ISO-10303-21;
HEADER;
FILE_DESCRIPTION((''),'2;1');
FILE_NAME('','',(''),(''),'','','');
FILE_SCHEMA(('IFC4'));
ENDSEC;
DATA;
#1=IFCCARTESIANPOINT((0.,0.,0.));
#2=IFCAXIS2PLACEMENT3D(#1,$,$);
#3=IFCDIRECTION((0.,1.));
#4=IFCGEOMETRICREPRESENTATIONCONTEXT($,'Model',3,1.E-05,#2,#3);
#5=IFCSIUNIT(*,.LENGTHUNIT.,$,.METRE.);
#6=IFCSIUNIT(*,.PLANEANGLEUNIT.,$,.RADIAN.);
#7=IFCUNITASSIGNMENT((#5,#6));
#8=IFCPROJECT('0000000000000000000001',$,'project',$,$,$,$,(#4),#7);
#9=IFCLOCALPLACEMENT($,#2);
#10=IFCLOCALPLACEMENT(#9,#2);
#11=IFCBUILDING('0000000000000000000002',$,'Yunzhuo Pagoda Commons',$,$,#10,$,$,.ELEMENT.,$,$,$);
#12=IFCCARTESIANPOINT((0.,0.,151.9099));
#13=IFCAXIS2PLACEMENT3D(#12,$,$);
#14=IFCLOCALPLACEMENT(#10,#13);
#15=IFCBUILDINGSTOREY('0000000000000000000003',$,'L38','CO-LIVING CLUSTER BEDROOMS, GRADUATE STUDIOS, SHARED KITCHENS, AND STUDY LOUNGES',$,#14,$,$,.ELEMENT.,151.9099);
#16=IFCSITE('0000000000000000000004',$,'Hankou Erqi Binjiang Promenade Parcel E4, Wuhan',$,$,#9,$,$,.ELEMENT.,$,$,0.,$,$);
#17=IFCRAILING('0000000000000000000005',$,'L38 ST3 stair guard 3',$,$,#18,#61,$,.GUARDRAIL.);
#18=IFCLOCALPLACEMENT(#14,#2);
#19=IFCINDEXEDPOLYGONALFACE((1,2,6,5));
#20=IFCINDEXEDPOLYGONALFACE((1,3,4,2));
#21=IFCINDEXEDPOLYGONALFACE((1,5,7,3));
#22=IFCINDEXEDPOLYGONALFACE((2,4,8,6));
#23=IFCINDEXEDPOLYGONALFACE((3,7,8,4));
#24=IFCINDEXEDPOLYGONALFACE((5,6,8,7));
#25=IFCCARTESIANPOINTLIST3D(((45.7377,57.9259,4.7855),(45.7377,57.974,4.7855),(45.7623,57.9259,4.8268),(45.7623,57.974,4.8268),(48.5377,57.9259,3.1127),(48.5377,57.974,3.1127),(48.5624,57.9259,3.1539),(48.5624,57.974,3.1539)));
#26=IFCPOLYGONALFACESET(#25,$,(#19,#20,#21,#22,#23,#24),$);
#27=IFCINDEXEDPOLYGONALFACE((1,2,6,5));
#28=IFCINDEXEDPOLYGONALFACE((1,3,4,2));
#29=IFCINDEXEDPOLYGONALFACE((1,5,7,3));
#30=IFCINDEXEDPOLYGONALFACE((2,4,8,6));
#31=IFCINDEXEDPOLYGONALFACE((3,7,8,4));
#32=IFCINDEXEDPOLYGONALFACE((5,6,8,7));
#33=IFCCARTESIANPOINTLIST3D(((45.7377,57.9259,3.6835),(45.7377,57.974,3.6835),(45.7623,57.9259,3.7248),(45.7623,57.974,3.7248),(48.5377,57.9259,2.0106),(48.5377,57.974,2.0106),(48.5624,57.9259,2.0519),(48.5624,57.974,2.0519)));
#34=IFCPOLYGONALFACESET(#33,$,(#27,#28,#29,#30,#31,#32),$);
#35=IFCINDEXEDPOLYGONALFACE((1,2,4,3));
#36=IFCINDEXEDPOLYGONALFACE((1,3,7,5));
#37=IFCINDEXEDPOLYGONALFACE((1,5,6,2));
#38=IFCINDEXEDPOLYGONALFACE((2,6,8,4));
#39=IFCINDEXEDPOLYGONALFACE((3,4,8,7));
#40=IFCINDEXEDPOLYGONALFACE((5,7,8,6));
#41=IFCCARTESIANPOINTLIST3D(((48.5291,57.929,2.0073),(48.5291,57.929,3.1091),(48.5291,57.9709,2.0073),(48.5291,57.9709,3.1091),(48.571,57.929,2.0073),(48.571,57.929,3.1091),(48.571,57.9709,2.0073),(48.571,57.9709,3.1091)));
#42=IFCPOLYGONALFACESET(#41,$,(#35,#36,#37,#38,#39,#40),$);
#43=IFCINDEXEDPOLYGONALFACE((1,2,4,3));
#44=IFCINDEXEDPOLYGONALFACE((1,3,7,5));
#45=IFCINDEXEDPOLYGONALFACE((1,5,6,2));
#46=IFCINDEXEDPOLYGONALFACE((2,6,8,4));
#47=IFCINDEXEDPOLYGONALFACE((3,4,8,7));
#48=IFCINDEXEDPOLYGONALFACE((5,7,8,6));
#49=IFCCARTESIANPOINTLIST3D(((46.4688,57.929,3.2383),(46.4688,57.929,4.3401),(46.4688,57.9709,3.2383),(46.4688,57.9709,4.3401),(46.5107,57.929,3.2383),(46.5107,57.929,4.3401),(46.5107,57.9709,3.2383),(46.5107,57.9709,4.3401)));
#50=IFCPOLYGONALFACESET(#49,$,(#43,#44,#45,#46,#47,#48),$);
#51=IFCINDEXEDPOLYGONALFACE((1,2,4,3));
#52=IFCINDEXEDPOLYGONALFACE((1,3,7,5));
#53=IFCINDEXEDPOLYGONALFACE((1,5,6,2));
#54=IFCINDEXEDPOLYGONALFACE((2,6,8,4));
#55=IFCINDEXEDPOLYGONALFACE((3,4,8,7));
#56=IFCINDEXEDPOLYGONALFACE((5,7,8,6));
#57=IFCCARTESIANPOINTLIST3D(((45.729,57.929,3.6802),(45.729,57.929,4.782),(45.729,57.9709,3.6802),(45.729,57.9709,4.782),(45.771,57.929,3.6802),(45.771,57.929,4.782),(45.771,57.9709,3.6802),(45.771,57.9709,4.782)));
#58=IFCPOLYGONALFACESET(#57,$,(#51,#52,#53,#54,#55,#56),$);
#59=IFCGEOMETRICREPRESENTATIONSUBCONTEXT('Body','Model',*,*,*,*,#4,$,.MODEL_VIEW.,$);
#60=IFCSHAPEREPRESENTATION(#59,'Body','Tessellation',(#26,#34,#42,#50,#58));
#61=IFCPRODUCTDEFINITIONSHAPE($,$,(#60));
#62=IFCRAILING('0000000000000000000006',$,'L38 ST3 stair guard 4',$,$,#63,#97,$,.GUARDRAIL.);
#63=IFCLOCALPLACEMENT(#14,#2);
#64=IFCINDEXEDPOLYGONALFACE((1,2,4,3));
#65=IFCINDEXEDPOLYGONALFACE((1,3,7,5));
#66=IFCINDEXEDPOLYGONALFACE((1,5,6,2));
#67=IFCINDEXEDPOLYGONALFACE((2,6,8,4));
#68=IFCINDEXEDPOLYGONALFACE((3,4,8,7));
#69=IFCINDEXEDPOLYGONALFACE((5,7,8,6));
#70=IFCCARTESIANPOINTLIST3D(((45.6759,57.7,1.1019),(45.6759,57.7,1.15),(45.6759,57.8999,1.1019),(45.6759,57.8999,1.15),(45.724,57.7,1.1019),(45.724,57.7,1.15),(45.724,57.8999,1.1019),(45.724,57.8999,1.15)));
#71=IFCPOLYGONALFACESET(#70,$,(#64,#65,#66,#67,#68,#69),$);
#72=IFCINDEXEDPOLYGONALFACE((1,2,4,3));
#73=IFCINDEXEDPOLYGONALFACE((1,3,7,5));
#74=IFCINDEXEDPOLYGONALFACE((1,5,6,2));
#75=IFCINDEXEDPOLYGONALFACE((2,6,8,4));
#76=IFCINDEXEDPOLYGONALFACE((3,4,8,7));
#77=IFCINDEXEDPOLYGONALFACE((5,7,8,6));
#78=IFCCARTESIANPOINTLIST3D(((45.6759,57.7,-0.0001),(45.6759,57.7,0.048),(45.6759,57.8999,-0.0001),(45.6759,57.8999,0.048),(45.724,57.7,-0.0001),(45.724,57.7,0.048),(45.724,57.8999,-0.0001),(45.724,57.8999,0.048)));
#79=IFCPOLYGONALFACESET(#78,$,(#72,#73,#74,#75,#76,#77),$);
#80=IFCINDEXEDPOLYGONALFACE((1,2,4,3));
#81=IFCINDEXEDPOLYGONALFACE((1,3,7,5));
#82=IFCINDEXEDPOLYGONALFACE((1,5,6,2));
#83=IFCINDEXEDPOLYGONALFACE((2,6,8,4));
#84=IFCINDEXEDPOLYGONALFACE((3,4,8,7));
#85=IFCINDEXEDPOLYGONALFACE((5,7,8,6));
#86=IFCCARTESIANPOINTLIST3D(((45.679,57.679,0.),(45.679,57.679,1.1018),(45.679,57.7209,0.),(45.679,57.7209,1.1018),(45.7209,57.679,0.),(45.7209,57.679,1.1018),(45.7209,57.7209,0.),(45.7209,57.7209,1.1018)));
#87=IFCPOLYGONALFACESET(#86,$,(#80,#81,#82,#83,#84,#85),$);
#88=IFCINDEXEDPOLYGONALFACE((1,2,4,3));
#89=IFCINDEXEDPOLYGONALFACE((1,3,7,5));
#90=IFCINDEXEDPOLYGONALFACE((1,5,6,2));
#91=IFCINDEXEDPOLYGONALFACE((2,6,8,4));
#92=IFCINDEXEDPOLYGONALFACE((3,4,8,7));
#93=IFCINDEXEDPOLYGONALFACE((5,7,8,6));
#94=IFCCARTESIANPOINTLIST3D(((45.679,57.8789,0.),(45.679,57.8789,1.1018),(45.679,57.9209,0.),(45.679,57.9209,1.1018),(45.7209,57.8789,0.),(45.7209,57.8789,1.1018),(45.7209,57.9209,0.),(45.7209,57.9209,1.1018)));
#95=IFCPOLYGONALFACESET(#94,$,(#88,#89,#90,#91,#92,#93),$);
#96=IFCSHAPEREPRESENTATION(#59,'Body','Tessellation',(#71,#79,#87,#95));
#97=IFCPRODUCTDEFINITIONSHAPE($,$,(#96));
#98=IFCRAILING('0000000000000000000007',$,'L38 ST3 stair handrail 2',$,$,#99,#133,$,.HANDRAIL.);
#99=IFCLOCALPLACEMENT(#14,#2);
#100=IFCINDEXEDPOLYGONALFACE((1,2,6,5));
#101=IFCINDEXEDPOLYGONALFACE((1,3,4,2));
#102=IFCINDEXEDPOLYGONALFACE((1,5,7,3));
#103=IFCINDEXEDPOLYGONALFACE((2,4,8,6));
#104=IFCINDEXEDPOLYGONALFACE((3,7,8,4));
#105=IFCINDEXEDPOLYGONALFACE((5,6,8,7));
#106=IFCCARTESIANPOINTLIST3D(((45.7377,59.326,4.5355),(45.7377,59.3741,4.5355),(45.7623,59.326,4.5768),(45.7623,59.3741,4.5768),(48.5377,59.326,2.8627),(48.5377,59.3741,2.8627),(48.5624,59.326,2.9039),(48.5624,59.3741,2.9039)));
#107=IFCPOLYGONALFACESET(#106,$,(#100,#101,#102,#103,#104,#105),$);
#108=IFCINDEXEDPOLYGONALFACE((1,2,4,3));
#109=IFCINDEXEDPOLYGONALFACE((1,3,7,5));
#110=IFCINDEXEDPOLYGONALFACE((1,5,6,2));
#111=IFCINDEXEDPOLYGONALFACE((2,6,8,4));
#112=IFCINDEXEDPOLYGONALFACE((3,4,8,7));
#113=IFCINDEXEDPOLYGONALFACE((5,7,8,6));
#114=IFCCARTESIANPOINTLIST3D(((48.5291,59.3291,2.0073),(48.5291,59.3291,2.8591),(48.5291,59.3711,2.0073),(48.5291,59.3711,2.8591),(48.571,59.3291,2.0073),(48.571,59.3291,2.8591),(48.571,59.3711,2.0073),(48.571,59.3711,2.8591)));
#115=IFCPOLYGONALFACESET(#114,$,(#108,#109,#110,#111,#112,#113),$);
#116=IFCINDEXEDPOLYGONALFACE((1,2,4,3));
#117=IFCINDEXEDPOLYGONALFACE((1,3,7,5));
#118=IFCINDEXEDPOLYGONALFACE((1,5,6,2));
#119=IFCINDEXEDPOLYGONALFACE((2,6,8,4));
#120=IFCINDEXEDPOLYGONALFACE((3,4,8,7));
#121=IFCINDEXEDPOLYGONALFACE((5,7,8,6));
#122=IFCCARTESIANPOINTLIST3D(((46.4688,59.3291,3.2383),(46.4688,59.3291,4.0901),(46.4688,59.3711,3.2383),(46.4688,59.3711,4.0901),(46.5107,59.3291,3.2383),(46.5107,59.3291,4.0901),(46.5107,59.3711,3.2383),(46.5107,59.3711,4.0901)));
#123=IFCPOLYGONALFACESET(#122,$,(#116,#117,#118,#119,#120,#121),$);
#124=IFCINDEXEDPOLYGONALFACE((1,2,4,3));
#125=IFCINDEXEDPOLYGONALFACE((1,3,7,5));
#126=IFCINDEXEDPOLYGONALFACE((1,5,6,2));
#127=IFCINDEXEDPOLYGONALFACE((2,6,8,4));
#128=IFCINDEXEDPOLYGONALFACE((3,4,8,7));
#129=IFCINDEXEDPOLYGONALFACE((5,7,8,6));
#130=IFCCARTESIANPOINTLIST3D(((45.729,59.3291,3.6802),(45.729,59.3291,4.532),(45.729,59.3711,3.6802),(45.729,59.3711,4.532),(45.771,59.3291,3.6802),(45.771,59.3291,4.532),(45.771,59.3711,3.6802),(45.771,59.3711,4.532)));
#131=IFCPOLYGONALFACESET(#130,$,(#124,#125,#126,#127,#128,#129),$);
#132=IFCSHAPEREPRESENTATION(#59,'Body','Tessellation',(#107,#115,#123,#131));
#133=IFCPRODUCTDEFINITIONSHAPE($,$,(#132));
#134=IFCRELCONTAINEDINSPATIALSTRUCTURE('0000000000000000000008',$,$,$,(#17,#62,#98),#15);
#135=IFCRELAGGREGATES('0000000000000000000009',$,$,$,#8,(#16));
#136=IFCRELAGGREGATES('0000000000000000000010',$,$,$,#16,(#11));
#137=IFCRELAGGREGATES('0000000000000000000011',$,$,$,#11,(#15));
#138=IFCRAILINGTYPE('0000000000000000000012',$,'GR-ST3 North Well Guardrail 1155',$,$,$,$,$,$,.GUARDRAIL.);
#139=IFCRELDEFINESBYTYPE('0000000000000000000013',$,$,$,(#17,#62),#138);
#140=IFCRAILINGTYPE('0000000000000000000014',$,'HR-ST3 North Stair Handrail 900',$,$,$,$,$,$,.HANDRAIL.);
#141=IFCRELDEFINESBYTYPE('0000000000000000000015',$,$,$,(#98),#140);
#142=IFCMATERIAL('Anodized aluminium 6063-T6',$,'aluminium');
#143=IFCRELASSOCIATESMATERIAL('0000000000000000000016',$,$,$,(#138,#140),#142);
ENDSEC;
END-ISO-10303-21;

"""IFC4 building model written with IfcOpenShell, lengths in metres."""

from ifc_helpers import new_model, si_unit, direction, frame, origin, origin_2d, place, context, subcontext, project, spatial, rectangle, extrude, material, type_object, element, save


model = new_model("IFC4")

# Units and contexts
model_context = context("Model", 3, precision=1e-05, world=origin(), true_north=direction((0.0, 1.0)))
body_context = subcontext(model_context, "Body", "Model", "MODEL_VIEW")
ifc_project = project(units=[si_unit("LENGTHUNIT", "METRE"), si_unit("PLANEANGLEUNIT", "RADIAN")], contexts=[model_context])

# Site, building, storey
site_placement = place(None, origin())
site = spatial("IfcSite", under=ifc_project, at=site_placement, Name="Hankou Erqi Binjiang Promenade Parcel E4, Wuhan", CompositionType="ELEMENT", RefElevation=0.0)
building_placement = place(site_placement, origin())
building = spatial("IfcBuilding", under=site, at=building_placement, Name="Yunzhuo Pagoda Commons", CompositionType="ELEMENT")
storey_placement = place(building_placement, frame((0.0, 0.0, 151.9099)))
storey = spatial("IfcBuildingStorey", under=building, at=storey_placement, Name="L38", Description="CO-LIVING CLUSTER BEDROOMS, GRADUATE STUDIOS, SHARED KITCHENS, AND STUDY LOUNGES", CompositionType="ELEMENT", Elevation=151.9099)

# Shared definitions
ifc_material_1 = material(Name="Anodized aluminium 6063-T6", Category="aluminium")

# Railings
railing_type_1 = type_object("IfcRailingType", Name="GR-ST3 North Well Guardrail 1155", PredefinedType="GUARDRAIL", material=ifc_material_1)
railing_1_placement = place(storey_placement, frame((48.55, 57.95, 2.0073)))
element("IfcRailing", 1, at=railing_1_placement, inside=storey, type_object=railing_type_1, Name="L38 ST3 stair guard 3", PredefinedType="GUARDRAIL", context=body_context, shape_type="SweptSolid", body=[
    extrude(rectangle(XDim=0.0481, YDim=0.0481, at=origin_2d()), frame((0.0, 0.0, 1.126), z_axis=(-0.858462, 0.0, 0.512877), x_axis=(0.0, -1.0, 0.0)), (0.0, 0.0, 1.0), 3.2617),
    extrude(rectangle(XDim=0.0481, YDim=0.0481, at=origin_2d()), frame((0.0, 0.0, 0.0239), z_axis=(-0.858462, 0.0, 0.512877), x_axis=(0.0, -1.0, 0.0)), (0.0, 0.0, 1.0), 3.2617),
    extrude(rectangle(XDim=0.042, YDim=0.042, at=origin_2d()), origin(), (0.0, 0.0, 1.0), 1.1018),
    extrude(rectangle(XDim=0.042, YDim=0.042, at=origin_2d()), frame((-2.0603, 0.0, 1.231)), (0.0, 0.0, 1.0), 1.1018),
    extrude(rectangle(XDim=0.042, YDim=0.042, at=origin_2d()), frame((-2.8, 0.0, 1.6729)), (0.0, 0.0, 1.0), 1.1018),
])
railing_2_placement = place(storey_placement, frame((45.7, 57.7, 0.0)))
element("IfcRailing", 2, at=railing_2_placement, inside=storey, type_object=railing_type_1, Name="L38 ST3 stair guard 4", PredefinedType="GUARDRAIL", context=body_context, shape_type="SweptSolid", body=[
    extrude(rectangle(XDim=0.0481, YDim=0.0481, at=origin_2d()), frame((0.0, 0.0, 1.126), z_axis=(0.0, 1.0, 0.0), x_axis=(-1.0, 0.0, 0.0)), (0.0, 0.0, 1.0), 0.2),
    extrude(rectangle(XDim=0.0481, YDim=0.0481, at=origin_2d()), frame((0.0, 0.0, 0.0239), z_axis=(0.0, 1.0, 0.0), x_axis=(-1.0, 0.0, 0.0)), (0.0, 0.0, 1.0), 0.2),
    extrude(rectangle(XDim=0.042, YDim=0.042, at=origin_2d()), origin(), (0.0, 0.0, 1.0), 1.1018),
    extrude(rectangle(XDim=0.042, YDim=0.042, at=origin_2d()), frame((0.0, 0.2, 0.0)), (0.0, 0.0, 1.0), 1.1018),
])
railing_type_2 = type_object("IfcRailingType", Name="HR-ST3 North Stair Handrail 900", PredefinedType="HANDRAIL", material=ifc_material_1)
railing_3_placement = place(storey_placement, frame((48.55, 59.3501, 2.0073)))
element("IfcRailing", 3, at=railing_3_placement, inside=storey, type_object=railing_type_2, Name="L38 ST3 stair handrail 2", PredefinedType="HANDRAIL", context=body_context, shape_type="SweptSolid", body=[
    extrude(rectangle(XDim=0.0481, YDim=0.0481, at=origin_2d()), frame((0.0, 0.0, 0.876), z_axis=(-0.858462, 0.0, 0.512877), x_axis=(0.0, -1.0, 0.0)), (0.0, 0.0, 1.0), 3.2617),
    extrude(rectangle(XDim=0.042, YDim=0.042, at=origin_2d()), origin(), (0.0, 0.0, 1.0), 0.8518),
    extrude(rectangle(XDim=0.042, YDim=0.042, at=origin_2d()), frame((-2.0603, 0.0, 1.231)), (0.0, 0.0, 1.0), 0.8518),
    extrude(rectangle(XDim=0.042, YDim=0.042, at=origin_2d()), frame((-2.8, 0.0, 1.6729)), (0.0, 0.0, 1.0), 0.8518),
])

save(model, "model.ifc")
